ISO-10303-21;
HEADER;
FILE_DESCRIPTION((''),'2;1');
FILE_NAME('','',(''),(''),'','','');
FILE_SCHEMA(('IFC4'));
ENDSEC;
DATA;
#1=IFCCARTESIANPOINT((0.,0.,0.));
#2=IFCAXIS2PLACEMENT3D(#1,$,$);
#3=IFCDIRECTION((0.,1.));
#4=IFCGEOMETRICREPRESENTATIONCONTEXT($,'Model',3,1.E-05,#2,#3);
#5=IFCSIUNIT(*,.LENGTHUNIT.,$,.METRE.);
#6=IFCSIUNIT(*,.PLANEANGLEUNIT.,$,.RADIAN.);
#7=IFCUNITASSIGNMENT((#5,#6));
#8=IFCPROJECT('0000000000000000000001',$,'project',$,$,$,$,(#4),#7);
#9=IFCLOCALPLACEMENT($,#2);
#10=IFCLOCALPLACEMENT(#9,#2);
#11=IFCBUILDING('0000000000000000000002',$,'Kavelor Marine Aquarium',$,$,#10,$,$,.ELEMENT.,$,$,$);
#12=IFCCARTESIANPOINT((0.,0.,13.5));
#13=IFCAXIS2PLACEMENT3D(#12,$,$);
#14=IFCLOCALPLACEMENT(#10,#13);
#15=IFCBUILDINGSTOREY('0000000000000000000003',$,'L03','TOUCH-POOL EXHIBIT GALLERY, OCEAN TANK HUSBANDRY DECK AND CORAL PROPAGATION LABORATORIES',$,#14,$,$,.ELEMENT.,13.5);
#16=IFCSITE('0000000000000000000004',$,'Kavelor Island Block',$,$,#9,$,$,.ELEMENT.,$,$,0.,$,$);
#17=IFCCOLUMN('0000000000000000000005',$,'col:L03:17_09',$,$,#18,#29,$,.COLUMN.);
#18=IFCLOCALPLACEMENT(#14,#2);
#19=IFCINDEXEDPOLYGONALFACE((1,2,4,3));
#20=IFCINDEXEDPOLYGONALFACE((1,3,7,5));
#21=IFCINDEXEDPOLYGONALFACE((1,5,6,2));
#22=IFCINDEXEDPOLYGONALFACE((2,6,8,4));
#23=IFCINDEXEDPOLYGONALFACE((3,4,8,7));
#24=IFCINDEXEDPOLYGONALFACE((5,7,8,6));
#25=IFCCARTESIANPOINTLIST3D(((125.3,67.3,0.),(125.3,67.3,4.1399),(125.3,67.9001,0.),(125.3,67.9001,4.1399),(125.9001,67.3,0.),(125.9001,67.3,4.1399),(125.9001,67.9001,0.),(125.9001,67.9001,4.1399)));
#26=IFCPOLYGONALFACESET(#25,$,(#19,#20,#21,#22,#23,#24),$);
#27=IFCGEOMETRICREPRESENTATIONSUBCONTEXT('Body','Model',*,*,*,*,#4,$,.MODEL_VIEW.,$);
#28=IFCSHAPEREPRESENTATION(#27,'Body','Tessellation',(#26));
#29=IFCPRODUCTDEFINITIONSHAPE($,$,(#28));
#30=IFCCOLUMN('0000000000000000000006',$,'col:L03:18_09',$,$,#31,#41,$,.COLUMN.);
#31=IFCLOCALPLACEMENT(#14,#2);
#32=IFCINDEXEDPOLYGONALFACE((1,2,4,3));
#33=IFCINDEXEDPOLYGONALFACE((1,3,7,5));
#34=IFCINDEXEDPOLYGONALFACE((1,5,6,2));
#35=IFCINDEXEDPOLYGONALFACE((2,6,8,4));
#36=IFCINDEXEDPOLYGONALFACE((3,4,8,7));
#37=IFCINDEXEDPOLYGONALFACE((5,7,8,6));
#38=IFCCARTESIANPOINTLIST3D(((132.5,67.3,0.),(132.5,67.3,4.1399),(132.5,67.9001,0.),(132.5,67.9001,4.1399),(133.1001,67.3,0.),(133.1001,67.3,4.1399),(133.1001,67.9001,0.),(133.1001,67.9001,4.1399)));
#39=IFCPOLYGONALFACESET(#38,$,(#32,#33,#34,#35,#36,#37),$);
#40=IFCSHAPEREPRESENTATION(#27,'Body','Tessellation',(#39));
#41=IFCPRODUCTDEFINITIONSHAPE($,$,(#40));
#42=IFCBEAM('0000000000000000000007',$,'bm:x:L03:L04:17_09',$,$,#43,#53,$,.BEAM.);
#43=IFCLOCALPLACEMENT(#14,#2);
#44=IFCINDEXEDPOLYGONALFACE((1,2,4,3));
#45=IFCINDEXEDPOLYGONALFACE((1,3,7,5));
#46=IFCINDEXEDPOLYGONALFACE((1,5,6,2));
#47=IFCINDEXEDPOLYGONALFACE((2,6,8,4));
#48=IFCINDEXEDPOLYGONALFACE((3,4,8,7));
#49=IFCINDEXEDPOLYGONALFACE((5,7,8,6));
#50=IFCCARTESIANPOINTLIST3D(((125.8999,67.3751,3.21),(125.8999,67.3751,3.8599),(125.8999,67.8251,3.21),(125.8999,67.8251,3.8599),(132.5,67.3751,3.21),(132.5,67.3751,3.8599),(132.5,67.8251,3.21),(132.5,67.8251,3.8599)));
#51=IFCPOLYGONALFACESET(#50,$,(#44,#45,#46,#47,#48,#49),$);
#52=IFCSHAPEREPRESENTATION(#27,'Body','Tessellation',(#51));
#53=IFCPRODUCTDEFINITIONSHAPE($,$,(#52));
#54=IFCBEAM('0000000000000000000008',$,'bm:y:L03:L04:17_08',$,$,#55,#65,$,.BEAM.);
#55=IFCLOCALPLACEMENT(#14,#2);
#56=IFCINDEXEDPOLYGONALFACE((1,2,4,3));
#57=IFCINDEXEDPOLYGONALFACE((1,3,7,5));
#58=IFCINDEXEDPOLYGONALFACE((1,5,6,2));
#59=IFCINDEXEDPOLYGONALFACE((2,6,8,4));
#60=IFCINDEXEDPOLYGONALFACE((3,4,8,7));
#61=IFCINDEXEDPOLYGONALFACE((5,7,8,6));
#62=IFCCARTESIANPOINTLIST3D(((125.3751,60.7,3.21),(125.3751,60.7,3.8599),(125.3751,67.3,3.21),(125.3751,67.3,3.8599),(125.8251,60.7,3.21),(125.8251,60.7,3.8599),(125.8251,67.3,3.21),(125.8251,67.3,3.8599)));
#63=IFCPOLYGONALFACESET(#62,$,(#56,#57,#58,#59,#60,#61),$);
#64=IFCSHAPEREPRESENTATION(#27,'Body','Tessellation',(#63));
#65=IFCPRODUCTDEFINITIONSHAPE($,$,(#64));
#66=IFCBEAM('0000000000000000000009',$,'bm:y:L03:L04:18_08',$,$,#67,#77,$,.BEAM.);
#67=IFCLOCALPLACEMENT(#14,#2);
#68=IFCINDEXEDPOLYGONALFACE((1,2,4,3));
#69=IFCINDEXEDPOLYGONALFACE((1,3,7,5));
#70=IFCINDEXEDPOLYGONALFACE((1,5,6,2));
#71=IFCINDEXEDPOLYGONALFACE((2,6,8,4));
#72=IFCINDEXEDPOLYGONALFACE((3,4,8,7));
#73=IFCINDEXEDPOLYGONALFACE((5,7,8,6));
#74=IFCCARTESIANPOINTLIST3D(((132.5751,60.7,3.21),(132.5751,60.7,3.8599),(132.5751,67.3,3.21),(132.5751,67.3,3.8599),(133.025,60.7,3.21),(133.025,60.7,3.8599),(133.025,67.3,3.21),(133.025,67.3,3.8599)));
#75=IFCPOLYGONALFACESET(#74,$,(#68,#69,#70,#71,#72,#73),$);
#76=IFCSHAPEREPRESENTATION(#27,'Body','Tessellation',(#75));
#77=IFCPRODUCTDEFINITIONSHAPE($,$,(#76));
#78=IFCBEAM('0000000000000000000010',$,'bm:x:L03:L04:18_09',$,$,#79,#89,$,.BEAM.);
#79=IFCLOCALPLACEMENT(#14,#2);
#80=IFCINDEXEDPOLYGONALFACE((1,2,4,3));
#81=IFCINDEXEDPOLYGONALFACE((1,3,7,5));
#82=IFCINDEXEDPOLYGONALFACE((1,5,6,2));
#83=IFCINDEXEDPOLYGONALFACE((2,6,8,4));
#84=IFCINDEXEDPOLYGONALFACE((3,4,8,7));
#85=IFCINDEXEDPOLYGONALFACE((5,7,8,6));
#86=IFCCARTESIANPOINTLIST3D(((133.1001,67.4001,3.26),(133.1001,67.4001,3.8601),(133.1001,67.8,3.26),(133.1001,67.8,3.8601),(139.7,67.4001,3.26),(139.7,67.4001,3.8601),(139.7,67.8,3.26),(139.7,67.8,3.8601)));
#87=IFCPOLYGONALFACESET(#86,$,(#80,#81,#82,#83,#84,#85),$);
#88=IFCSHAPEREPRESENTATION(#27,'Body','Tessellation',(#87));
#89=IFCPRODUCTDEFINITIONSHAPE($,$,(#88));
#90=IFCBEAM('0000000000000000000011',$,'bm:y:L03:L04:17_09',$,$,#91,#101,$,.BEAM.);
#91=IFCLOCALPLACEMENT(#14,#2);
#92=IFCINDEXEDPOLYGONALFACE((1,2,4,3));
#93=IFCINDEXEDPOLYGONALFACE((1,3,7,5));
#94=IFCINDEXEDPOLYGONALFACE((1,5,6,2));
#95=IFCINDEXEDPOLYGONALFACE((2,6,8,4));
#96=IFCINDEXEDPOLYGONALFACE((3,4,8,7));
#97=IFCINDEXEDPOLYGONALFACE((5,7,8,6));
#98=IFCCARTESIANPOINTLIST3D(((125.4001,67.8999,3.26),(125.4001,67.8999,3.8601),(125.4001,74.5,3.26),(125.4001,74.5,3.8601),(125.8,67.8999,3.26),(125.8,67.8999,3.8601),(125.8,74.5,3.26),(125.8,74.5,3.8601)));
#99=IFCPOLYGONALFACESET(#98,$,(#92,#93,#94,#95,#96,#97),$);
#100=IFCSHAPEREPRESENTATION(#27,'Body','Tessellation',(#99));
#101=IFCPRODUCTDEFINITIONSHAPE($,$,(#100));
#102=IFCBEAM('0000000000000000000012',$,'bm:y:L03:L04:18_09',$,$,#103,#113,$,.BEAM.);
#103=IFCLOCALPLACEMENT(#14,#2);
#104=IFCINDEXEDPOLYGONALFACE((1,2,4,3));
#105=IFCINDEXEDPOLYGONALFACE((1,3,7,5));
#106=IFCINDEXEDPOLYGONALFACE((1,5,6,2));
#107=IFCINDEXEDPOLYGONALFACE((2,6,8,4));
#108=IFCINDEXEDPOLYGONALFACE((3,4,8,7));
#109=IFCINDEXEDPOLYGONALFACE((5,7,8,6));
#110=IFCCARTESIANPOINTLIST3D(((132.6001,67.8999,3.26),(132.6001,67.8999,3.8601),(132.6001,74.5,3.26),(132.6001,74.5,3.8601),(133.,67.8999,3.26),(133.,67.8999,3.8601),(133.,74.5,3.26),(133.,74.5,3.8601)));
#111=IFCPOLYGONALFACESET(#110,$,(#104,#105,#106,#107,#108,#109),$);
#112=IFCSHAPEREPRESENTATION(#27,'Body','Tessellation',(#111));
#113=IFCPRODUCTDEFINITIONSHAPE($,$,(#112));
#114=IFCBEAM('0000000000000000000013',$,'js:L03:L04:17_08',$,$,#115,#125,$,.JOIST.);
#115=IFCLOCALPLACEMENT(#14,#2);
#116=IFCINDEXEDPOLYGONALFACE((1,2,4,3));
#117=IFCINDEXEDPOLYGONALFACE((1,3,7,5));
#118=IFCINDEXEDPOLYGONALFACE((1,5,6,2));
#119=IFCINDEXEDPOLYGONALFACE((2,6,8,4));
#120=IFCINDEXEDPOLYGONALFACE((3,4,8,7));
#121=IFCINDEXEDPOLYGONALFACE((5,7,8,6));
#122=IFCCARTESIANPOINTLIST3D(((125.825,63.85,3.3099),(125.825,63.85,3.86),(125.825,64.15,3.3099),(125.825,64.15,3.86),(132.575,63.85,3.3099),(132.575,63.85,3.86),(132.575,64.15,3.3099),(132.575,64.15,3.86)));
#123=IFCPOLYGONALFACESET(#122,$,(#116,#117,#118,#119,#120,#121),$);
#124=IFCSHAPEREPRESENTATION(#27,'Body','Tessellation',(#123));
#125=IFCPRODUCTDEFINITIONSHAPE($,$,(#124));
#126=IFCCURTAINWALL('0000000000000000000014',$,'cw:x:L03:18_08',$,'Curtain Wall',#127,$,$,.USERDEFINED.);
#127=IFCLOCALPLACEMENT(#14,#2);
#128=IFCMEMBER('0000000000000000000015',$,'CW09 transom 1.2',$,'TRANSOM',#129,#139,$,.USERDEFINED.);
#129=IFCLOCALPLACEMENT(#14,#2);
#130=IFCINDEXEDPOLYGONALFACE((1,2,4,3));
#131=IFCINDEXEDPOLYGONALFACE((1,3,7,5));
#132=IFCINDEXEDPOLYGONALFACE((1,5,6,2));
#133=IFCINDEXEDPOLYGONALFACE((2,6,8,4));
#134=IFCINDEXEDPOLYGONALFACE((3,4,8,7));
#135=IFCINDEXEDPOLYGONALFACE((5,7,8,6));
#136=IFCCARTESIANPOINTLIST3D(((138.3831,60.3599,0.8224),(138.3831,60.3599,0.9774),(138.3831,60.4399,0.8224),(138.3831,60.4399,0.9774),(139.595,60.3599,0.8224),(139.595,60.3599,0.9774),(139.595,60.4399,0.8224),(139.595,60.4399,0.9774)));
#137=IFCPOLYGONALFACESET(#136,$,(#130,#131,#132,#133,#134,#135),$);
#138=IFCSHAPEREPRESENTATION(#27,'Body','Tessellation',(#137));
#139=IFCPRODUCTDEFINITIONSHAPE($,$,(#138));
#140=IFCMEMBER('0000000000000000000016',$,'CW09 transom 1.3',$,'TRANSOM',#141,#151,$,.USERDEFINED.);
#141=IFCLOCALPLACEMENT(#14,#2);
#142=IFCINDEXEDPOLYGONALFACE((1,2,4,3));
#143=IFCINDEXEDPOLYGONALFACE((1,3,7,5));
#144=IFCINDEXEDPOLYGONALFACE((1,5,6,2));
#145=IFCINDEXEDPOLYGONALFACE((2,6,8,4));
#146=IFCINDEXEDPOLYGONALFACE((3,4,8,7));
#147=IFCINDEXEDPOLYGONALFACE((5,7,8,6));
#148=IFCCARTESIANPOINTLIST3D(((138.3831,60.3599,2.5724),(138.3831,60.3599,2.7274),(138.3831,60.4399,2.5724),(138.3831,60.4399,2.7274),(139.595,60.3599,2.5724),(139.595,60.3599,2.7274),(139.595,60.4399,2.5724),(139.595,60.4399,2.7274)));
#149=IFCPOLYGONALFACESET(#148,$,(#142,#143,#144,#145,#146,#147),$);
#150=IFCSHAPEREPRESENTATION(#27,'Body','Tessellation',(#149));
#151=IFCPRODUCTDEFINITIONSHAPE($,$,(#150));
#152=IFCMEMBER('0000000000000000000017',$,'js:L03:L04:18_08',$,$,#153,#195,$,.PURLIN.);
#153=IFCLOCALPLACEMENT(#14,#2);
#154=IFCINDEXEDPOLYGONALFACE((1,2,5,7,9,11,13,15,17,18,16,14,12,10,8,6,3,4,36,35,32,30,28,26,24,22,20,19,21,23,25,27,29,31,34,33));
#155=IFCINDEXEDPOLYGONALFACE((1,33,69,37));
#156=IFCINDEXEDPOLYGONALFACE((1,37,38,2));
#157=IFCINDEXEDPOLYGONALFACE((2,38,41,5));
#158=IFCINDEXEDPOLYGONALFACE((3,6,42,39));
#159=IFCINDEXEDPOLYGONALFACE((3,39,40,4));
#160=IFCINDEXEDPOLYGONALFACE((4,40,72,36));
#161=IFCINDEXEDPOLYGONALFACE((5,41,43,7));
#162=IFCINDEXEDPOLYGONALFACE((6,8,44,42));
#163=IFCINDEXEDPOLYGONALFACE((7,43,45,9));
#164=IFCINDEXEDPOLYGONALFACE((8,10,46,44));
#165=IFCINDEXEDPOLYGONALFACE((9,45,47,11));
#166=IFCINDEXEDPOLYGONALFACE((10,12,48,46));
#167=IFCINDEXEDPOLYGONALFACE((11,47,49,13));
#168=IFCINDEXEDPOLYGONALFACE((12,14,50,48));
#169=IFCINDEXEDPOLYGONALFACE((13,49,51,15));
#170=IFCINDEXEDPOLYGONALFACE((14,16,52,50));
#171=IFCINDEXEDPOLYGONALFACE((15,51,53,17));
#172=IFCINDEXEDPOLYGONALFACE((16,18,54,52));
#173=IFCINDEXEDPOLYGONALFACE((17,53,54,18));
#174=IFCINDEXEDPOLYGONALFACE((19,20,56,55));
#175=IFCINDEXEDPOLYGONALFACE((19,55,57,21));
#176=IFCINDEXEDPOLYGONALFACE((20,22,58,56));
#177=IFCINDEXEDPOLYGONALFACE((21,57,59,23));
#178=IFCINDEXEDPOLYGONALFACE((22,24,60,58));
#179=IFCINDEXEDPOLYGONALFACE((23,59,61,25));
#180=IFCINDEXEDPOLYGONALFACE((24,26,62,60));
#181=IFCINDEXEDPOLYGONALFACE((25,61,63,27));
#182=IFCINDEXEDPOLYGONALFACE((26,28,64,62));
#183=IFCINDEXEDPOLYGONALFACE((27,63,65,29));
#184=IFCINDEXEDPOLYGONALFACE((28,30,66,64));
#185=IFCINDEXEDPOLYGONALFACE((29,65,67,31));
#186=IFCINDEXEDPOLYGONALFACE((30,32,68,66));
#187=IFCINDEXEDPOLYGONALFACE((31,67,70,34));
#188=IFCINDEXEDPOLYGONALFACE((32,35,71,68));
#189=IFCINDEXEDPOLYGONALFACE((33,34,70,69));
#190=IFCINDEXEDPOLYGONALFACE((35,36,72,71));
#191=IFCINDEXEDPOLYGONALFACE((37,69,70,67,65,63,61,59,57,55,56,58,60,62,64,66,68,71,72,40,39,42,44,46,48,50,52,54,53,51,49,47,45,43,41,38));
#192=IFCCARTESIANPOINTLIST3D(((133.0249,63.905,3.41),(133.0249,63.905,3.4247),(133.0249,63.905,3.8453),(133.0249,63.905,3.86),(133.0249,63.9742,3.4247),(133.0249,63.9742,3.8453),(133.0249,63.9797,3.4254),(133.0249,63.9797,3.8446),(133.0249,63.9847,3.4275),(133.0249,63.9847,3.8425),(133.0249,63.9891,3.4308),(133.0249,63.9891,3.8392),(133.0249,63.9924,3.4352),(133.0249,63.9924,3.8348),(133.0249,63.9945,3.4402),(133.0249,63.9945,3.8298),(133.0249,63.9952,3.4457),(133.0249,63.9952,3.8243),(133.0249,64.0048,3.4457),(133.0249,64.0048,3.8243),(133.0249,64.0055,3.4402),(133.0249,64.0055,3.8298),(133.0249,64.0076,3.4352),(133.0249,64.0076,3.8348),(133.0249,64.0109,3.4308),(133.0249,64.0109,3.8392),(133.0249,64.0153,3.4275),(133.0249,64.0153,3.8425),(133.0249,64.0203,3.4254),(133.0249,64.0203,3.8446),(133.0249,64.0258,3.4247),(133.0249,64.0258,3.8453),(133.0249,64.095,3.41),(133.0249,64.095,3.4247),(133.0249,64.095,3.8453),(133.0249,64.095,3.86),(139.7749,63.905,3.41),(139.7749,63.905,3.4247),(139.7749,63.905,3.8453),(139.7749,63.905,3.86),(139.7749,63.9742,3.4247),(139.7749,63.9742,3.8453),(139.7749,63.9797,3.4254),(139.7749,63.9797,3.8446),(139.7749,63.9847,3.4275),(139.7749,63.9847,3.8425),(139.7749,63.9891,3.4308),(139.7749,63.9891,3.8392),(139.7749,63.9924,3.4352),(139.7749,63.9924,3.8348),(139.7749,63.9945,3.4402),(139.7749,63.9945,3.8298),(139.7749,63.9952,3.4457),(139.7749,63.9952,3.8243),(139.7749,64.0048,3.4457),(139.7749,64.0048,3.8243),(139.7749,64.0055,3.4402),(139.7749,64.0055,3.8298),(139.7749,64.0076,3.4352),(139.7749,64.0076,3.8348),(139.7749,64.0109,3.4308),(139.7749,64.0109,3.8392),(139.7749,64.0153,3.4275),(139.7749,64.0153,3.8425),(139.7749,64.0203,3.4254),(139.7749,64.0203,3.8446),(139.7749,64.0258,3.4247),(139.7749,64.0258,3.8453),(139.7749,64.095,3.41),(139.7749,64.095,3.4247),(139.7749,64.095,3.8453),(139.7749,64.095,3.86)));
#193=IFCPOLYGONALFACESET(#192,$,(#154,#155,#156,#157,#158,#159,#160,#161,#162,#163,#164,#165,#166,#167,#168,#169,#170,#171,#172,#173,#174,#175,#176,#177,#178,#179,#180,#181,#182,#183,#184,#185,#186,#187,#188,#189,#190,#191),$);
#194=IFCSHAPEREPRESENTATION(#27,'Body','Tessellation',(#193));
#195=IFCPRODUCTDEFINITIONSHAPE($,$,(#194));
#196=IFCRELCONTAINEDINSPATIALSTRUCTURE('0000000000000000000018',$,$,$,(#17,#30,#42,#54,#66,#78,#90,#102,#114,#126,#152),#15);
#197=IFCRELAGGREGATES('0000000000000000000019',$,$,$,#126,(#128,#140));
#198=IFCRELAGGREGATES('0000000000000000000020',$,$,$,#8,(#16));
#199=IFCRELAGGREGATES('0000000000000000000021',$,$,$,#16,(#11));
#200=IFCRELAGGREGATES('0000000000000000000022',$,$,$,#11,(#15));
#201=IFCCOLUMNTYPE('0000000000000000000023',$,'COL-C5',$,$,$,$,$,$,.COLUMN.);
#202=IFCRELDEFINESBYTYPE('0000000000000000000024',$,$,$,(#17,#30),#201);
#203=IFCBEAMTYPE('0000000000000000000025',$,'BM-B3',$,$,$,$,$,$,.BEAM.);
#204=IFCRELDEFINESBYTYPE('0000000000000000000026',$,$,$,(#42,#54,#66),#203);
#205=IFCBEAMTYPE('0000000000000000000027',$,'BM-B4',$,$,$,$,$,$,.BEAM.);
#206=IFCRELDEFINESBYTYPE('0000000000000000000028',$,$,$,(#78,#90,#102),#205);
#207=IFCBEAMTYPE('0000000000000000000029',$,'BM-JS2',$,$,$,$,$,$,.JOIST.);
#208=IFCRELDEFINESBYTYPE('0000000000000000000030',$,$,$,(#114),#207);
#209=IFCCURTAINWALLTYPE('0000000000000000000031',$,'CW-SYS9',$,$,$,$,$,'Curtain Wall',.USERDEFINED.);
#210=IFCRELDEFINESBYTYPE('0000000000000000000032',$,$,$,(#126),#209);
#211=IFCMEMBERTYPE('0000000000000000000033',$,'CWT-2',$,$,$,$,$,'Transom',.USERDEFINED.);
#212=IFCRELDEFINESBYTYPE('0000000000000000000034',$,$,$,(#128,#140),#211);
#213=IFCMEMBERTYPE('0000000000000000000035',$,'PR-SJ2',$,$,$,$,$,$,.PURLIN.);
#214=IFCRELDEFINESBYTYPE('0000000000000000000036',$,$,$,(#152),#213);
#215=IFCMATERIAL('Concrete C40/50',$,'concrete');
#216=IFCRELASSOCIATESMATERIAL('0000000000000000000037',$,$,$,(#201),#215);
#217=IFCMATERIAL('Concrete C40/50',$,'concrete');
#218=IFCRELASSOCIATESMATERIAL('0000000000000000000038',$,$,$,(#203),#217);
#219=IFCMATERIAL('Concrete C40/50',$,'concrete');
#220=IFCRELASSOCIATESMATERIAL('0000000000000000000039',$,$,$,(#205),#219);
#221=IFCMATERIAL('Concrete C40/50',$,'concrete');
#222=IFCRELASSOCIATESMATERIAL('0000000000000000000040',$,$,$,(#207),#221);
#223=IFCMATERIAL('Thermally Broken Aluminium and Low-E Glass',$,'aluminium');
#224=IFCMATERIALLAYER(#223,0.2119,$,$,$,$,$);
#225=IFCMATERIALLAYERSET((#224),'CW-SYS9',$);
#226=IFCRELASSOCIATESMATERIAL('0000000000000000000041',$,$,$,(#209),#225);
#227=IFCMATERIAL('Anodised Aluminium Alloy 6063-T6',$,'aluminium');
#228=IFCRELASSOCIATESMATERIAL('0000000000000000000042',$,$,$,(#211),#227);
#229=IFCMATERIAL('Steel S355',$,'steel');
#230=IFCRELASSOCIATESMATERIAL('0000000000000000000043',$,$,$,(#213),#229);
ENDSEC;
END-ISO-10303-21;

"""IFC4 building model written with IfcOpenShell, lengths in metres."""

from ifc_helpers import new_model, si_unit, direction, frame, origin, origin_2d, place, context, subcontext, project, spatial, rectangle, i_section, extrude, material, layer, layer_set, material_profile, profile_set, type_object, element, aggregate, save


model = new_model("IFC4")

# Units and contexts
model_context = context("Model", 3, precision=1e-05, world=origin(), true_north=direction((0.0, 1.0)))
body_context = subcontext(model_context, "Body", "Model", "MODEL_VIEW")
ifc_project = project(units=[si_unit("LENGTHUNIT", "METRE"), si_unit("PLANEANGLEUNIT", "RADIAN")], contexts=[model_context])

# Site, building, storey
site_placement = place(None, origin())
site = spatial("IfcSite", under=ifc_project, at=site_placement, Name="Kavelor Island Block", CompositionType="ELEMENT", RefElevation=0.0)
building_placement = place(site_placement, origin())
building = spatial("IfcBuilding", under=site, at=building_placement, Name="Kavelor Marine Aquarium", CompositionType="ELEMENT")
storey_placement = place(building_placement, frame((0.0, 0.0, 13.5)))
storey = spatial("IfcBuildingStorey", under=building, at=storey_placement, Name="L03", Description="TOUCH-POOL EXHIBIT GALLERY, OCEAN TANK HUSBANDRY DECK AND CORAL PROPAGATION LABORATORIES", CompositionType="ELEMENT", Elevation=13.5)

# Columns
ifc_material_1 = material(Name="Concrete C40/50", Category="concrete")
ifc_material_profile_1 = material_profile(ifc_material_1, rectangle(XDim=0.6001, YDim=0.6001, at=origin_2d()), Name="RC-COL 600x600")
ifc_profile_set_1 = profile_set([ifc_material_profile_1], Name="Concrete C40/50")
column_type = type_object("IfcColumnType", Name="COL-C5", PredefinedType="COLUMN", material=ifc_profile_set_1)
for number, where, z_axis, x_axis, name in (
    (1, (125.6001, 67.6001, 0.0), (0.0, 0.0, 1.0), (1.0, 0.0, 0.0), "col:L03:17_09"),
    (2, (132.8, 67.6001, 0.0), (0.0, 0.0, 1.0), (1.0, 0.0, 0.0), "col:L03:18_09"),
):
    element("IfcColumn", number, at=place(storey_placement, frame(where, z_axis=z_axis, x_axis=x_axis)), inside=storey, type_object=column_type, Name=name, PredefinedType="COLUMN", context=body_context, shape_type="SweptSolid", body=[
        extrude(rectangle(XDim=0.6001, YDim=0.6001, at=origin_2d()), origin(), (0.0, 0.0, 1.0), 4.1399),
    ])

# Beams
ifc_material_2 = material(Name="Concrete C40/50", Category="concrete")
ifc_material_profile_2 = material_profile(ifc_material_2, rectangle(XDim=0.45, YDim=0.6499, at=origin_2d()), Name="RC-BM 450x650")
ifc_profile_set_2 = profile_set([ifc_material_profile_2], Name="Concrete C40/50")
beam_type_1 = type_object("IfcBeamType", Name="BM-B3", PredefinedType="BEAM", material=ifc_profile_set_2)
for number, where, z_axis, x_axis, name in (
    (3, (125.8999, 67.6001, 3.5349), (1.0, 0.0, 0.0), (0.0, 1.0, 0.0), "bm:x:L03:L04:17_09"),
    (4, (125.6001, 60.7, 3.5349), (0.0, 1.0, 0.0), (-1.0, 0.0, 0.0), "bm:y:L03:L04:17_08"),
    (5, (132.8, 60.7, 3.5349), (0.0, 1.0, 0.0), (-1.0, 0.0, 0.0), "bm:y:L03:L04:18_08"),
):
    element("IfcBeam", number, at=place(storey_placement, frame(where, z_axis=z_axis, x_axis=x_axis)), inside=storey, type_object=beam_type_1, Name=name, PredefinedType="BEAM", context=body_context, shape_type="SweptSolid", body=[
        extrude(rectangle(XDim=0.45, YDim=0.6499, at=origin_2d()), origin(), (0.0, 0.0, 1.0), 6.6001),
    ])
ifc_material_3 = material(Name="Concrete C40/50", Category="concrete")
ifc_material_profile_3 = material_profile(ifc_material_3, rectangle(XDim=0.3999, YDim=0.6001, at=origin_2d()), Name="RC-BM 400x600")
ifc_profile_set_3 = profile_set([ifc_material_profile_3], Name="Concrete C40/50")
beam_type_2 = type_object("IfcBeamType", Name="BM-B4", PredefinedType="BEAM", material=ifc_profile_set_3)
beam_1_placement = place(storey_placement, frame((133.1001, 67.6001, 3.5601), z_axis=(1.0, 0.0, 0.0), x_axis=(0.0, 1.0, 0.0)))
element("IfcBeam", 6, at=beam_1_placement, inside=storey, type_object=beam_type_2, Name="bm:x:L03:L04:18_09", PredefinedType="BEAM", context=body_context, shape_type="SweptSolid", body=[
    extrude(rectangle(XDim=0.3999, YDim=0.6001, at=origin_2d()), origin(), (0.0, 0.0, 1.0), 6.5999),
])
for number, where, z_axis, x_axis, name in (
    (7, (125.6001, 67.8999, 3.5601), (0.0, 1.0, 0.0), (-1.0, 0.0, 0.0), "bm:y:L03:L04:17_09"),
    (8, (132.8, 67.8999, 3.5601), (0.0, 1.0, 0.0), (-1.0, 0.0, 0.0), "bm:y:L03:L04:18_09"),
):
    element("IfcBeam", number, at=place(storey_placement, frame(where, z_axis=z_axis, x_axis=x_axis)), inside=storey, type_object=beam_type_2, Name=name, PredefinedType="BEAM", context=body_context, shape_type="SweptSolid", body=[
        extrude(rectangle(XDim=0.3999, YDim=0.6001, at=origin_2d()), origin(), (0.0, 0.0, 1.0), 6.6001),
    ])
ifc_material_4 = material(Name="Concrete C40/50", Category="concrete")
ifc_material_profile_4 = material_profile(ifc_material_4, rectangle(XDim=0.3, YDim=0.55, at=origin_2d()), Name="RC-JS 300x550")
ifc_profile_set_4 = profile_set([ifc_material_profile_4], Name="Concrete C40/50")
beam_type_3 = type_object("IfcBeamType", Name="BM-JS2", PredefinedType="JOIST", material=ifc_profile_set_4)
beam_2_placement = place(storey_placement, frame((125.825, 64.0, 3.585), z_axis=(1.0, 0.0, 0.0), x_axis=(0.0, 1.0, 0.0)))
element("IfcBeam", 9, at=beam_2_placement, inside=storey, type_object=beam_type_3, Name="js:L03:L04:17_08", PredefinedType="JOIST", context=body_context, shape_type="SweptSolid", body=[
    extrude(rectangle(XDim=0.3, YDim=0.55, at=origin_2d()), origin(), (0.0, 0.0, 1.0), 6.75),
])

# Curtain wall, members
ifc_material_5 = material(Name="Thermally Broken Aluminium and Low-E Glass", Category="aluminium")
ifc_layer_1 = layer(ifc_material_5, 0.2119)
ifc_layer_set_1 = layer_set([ifc_layer_1], Name="CW-SYS9")
curtain_wall_type = type_object("IfcCurtainWallType", Name="CW-SYS9", ElementType="Curtain Wall", PredefinedType="USERDEFINED", material=ifc_layer_set_1)
curtain_wall_placement = place(storey_placement, origin())
curtain_wall = element("IfcCurtainWall", 10, at=curtain_wall_placement, inside=storey, type_object=curtain_wall_type, Name="cw:x:L03:18_08", ObjectType="Curtain Wall", PredefinedType="USERDEFINED")
ifc_material_6 = material(Name="Anodised Aluminium Alloy 6063-T6", Category="aluminium")
ifc_material_profile_5 = material_profile(ifc_material_6, rectangle(XDim=0.0801, YDim=0.155, at=origin_2d()), Name="CW-TRN 80x155")
ifc_profile_set_5 = profile_set([ifc_material_profile_5], Name="Anodised Aluminium Alloy 6063-T6")
member_type_1 = type_object("IfcMemberType", Name="CWT-2", ElementType="Transom", PredefinedType="USERDEFINED", material=ifc_profile_set_5)
member_1_placement = place(storey_placement, frame((139.595, 60.3999, 0.8999), z_axis=(-1.0, 0.0, 0.0), x_axis=(0.0, -1.0, 0.0)))
member_1 = element("IfcMember", 11, at=member_1_placement, type_object=member_type_1, Name="CW09 transom 1.2", ObjectType="TRANSOM", PredefinedType="USERDEFINED", context=body_context, shape_type="SweptSolid", body=[
    extrude(rectangle(XDim=0.0801, YDim=0.155, at=origin_2d()), origin(), (0.0, 0.0, 1.0), 1.2119),
])
member_2_placement = place(storey_placement, frame((139.595, 60.3999, 2.6499), z_axis=(-1.0, 0.0, 0.0), x_axis=(0.0, -1.0, 0.0)))
member_2 = element("IfcMember", 12, at=member_2_placement, type_object=member_type_1, Name="CW09 transom 1.3", ObjectType="TRANSOM", PredefinedType="USERDEFINED", context=body_context, shape_type="SweptSolid", body=[
    extrude(rectangle(XDim=0.0801, YDim=0.155, at=origin_2d()), origin(), (0.0, 0.0, 1.0), 1.2119),
])
aggregate(curtain_wall, [member_1, member_2])

# Member
ifc_material_7 = material(Name="Steel S355", Category="steel")
ifc_material_profile_6 = material_profile(ifc_material_7, i_section(OverallWidth=0.1899, OverallDepth=0.45, WebThickness=0.0095, FlangeThickness=0.0146, FilletRadius=0.021, at=origin_2d()), Name="IPE 450")
ifc_profile_set_6 = profile_set([ifc_material_profile_6], Name="Steel S355")
member_type_2 = type_object("IfcMemberType", Name="PR-SJ2", PredefinedType="PURLIN", material=ifc_profile_set_6)
member_3_placement = place(storey_placement, frame((133.0249, 64.0, 3.635), z_axis=(1.0, 0.0, 0.0), x_axis=(0.0, 1.0, 0.0)))
element("IfcMember", 13, at=member_3_placement, inside=storey, type_object=member_type_2, Name="js:L03:L04:18_08", PredefinedType="PURLIN", context=body_context, shape_type="SweptSolid", body=[
    extrude(i_section(OverallWidth=0.1899, OverallDepth=0.45, WebThickness=0.0095, FlangeThickness=0.0146, FilletRadius=0.021, at=origin_2d()), origin(), (0.0, 0.0, 1.0), 6.75),
])

save(model, "model.ifc")
